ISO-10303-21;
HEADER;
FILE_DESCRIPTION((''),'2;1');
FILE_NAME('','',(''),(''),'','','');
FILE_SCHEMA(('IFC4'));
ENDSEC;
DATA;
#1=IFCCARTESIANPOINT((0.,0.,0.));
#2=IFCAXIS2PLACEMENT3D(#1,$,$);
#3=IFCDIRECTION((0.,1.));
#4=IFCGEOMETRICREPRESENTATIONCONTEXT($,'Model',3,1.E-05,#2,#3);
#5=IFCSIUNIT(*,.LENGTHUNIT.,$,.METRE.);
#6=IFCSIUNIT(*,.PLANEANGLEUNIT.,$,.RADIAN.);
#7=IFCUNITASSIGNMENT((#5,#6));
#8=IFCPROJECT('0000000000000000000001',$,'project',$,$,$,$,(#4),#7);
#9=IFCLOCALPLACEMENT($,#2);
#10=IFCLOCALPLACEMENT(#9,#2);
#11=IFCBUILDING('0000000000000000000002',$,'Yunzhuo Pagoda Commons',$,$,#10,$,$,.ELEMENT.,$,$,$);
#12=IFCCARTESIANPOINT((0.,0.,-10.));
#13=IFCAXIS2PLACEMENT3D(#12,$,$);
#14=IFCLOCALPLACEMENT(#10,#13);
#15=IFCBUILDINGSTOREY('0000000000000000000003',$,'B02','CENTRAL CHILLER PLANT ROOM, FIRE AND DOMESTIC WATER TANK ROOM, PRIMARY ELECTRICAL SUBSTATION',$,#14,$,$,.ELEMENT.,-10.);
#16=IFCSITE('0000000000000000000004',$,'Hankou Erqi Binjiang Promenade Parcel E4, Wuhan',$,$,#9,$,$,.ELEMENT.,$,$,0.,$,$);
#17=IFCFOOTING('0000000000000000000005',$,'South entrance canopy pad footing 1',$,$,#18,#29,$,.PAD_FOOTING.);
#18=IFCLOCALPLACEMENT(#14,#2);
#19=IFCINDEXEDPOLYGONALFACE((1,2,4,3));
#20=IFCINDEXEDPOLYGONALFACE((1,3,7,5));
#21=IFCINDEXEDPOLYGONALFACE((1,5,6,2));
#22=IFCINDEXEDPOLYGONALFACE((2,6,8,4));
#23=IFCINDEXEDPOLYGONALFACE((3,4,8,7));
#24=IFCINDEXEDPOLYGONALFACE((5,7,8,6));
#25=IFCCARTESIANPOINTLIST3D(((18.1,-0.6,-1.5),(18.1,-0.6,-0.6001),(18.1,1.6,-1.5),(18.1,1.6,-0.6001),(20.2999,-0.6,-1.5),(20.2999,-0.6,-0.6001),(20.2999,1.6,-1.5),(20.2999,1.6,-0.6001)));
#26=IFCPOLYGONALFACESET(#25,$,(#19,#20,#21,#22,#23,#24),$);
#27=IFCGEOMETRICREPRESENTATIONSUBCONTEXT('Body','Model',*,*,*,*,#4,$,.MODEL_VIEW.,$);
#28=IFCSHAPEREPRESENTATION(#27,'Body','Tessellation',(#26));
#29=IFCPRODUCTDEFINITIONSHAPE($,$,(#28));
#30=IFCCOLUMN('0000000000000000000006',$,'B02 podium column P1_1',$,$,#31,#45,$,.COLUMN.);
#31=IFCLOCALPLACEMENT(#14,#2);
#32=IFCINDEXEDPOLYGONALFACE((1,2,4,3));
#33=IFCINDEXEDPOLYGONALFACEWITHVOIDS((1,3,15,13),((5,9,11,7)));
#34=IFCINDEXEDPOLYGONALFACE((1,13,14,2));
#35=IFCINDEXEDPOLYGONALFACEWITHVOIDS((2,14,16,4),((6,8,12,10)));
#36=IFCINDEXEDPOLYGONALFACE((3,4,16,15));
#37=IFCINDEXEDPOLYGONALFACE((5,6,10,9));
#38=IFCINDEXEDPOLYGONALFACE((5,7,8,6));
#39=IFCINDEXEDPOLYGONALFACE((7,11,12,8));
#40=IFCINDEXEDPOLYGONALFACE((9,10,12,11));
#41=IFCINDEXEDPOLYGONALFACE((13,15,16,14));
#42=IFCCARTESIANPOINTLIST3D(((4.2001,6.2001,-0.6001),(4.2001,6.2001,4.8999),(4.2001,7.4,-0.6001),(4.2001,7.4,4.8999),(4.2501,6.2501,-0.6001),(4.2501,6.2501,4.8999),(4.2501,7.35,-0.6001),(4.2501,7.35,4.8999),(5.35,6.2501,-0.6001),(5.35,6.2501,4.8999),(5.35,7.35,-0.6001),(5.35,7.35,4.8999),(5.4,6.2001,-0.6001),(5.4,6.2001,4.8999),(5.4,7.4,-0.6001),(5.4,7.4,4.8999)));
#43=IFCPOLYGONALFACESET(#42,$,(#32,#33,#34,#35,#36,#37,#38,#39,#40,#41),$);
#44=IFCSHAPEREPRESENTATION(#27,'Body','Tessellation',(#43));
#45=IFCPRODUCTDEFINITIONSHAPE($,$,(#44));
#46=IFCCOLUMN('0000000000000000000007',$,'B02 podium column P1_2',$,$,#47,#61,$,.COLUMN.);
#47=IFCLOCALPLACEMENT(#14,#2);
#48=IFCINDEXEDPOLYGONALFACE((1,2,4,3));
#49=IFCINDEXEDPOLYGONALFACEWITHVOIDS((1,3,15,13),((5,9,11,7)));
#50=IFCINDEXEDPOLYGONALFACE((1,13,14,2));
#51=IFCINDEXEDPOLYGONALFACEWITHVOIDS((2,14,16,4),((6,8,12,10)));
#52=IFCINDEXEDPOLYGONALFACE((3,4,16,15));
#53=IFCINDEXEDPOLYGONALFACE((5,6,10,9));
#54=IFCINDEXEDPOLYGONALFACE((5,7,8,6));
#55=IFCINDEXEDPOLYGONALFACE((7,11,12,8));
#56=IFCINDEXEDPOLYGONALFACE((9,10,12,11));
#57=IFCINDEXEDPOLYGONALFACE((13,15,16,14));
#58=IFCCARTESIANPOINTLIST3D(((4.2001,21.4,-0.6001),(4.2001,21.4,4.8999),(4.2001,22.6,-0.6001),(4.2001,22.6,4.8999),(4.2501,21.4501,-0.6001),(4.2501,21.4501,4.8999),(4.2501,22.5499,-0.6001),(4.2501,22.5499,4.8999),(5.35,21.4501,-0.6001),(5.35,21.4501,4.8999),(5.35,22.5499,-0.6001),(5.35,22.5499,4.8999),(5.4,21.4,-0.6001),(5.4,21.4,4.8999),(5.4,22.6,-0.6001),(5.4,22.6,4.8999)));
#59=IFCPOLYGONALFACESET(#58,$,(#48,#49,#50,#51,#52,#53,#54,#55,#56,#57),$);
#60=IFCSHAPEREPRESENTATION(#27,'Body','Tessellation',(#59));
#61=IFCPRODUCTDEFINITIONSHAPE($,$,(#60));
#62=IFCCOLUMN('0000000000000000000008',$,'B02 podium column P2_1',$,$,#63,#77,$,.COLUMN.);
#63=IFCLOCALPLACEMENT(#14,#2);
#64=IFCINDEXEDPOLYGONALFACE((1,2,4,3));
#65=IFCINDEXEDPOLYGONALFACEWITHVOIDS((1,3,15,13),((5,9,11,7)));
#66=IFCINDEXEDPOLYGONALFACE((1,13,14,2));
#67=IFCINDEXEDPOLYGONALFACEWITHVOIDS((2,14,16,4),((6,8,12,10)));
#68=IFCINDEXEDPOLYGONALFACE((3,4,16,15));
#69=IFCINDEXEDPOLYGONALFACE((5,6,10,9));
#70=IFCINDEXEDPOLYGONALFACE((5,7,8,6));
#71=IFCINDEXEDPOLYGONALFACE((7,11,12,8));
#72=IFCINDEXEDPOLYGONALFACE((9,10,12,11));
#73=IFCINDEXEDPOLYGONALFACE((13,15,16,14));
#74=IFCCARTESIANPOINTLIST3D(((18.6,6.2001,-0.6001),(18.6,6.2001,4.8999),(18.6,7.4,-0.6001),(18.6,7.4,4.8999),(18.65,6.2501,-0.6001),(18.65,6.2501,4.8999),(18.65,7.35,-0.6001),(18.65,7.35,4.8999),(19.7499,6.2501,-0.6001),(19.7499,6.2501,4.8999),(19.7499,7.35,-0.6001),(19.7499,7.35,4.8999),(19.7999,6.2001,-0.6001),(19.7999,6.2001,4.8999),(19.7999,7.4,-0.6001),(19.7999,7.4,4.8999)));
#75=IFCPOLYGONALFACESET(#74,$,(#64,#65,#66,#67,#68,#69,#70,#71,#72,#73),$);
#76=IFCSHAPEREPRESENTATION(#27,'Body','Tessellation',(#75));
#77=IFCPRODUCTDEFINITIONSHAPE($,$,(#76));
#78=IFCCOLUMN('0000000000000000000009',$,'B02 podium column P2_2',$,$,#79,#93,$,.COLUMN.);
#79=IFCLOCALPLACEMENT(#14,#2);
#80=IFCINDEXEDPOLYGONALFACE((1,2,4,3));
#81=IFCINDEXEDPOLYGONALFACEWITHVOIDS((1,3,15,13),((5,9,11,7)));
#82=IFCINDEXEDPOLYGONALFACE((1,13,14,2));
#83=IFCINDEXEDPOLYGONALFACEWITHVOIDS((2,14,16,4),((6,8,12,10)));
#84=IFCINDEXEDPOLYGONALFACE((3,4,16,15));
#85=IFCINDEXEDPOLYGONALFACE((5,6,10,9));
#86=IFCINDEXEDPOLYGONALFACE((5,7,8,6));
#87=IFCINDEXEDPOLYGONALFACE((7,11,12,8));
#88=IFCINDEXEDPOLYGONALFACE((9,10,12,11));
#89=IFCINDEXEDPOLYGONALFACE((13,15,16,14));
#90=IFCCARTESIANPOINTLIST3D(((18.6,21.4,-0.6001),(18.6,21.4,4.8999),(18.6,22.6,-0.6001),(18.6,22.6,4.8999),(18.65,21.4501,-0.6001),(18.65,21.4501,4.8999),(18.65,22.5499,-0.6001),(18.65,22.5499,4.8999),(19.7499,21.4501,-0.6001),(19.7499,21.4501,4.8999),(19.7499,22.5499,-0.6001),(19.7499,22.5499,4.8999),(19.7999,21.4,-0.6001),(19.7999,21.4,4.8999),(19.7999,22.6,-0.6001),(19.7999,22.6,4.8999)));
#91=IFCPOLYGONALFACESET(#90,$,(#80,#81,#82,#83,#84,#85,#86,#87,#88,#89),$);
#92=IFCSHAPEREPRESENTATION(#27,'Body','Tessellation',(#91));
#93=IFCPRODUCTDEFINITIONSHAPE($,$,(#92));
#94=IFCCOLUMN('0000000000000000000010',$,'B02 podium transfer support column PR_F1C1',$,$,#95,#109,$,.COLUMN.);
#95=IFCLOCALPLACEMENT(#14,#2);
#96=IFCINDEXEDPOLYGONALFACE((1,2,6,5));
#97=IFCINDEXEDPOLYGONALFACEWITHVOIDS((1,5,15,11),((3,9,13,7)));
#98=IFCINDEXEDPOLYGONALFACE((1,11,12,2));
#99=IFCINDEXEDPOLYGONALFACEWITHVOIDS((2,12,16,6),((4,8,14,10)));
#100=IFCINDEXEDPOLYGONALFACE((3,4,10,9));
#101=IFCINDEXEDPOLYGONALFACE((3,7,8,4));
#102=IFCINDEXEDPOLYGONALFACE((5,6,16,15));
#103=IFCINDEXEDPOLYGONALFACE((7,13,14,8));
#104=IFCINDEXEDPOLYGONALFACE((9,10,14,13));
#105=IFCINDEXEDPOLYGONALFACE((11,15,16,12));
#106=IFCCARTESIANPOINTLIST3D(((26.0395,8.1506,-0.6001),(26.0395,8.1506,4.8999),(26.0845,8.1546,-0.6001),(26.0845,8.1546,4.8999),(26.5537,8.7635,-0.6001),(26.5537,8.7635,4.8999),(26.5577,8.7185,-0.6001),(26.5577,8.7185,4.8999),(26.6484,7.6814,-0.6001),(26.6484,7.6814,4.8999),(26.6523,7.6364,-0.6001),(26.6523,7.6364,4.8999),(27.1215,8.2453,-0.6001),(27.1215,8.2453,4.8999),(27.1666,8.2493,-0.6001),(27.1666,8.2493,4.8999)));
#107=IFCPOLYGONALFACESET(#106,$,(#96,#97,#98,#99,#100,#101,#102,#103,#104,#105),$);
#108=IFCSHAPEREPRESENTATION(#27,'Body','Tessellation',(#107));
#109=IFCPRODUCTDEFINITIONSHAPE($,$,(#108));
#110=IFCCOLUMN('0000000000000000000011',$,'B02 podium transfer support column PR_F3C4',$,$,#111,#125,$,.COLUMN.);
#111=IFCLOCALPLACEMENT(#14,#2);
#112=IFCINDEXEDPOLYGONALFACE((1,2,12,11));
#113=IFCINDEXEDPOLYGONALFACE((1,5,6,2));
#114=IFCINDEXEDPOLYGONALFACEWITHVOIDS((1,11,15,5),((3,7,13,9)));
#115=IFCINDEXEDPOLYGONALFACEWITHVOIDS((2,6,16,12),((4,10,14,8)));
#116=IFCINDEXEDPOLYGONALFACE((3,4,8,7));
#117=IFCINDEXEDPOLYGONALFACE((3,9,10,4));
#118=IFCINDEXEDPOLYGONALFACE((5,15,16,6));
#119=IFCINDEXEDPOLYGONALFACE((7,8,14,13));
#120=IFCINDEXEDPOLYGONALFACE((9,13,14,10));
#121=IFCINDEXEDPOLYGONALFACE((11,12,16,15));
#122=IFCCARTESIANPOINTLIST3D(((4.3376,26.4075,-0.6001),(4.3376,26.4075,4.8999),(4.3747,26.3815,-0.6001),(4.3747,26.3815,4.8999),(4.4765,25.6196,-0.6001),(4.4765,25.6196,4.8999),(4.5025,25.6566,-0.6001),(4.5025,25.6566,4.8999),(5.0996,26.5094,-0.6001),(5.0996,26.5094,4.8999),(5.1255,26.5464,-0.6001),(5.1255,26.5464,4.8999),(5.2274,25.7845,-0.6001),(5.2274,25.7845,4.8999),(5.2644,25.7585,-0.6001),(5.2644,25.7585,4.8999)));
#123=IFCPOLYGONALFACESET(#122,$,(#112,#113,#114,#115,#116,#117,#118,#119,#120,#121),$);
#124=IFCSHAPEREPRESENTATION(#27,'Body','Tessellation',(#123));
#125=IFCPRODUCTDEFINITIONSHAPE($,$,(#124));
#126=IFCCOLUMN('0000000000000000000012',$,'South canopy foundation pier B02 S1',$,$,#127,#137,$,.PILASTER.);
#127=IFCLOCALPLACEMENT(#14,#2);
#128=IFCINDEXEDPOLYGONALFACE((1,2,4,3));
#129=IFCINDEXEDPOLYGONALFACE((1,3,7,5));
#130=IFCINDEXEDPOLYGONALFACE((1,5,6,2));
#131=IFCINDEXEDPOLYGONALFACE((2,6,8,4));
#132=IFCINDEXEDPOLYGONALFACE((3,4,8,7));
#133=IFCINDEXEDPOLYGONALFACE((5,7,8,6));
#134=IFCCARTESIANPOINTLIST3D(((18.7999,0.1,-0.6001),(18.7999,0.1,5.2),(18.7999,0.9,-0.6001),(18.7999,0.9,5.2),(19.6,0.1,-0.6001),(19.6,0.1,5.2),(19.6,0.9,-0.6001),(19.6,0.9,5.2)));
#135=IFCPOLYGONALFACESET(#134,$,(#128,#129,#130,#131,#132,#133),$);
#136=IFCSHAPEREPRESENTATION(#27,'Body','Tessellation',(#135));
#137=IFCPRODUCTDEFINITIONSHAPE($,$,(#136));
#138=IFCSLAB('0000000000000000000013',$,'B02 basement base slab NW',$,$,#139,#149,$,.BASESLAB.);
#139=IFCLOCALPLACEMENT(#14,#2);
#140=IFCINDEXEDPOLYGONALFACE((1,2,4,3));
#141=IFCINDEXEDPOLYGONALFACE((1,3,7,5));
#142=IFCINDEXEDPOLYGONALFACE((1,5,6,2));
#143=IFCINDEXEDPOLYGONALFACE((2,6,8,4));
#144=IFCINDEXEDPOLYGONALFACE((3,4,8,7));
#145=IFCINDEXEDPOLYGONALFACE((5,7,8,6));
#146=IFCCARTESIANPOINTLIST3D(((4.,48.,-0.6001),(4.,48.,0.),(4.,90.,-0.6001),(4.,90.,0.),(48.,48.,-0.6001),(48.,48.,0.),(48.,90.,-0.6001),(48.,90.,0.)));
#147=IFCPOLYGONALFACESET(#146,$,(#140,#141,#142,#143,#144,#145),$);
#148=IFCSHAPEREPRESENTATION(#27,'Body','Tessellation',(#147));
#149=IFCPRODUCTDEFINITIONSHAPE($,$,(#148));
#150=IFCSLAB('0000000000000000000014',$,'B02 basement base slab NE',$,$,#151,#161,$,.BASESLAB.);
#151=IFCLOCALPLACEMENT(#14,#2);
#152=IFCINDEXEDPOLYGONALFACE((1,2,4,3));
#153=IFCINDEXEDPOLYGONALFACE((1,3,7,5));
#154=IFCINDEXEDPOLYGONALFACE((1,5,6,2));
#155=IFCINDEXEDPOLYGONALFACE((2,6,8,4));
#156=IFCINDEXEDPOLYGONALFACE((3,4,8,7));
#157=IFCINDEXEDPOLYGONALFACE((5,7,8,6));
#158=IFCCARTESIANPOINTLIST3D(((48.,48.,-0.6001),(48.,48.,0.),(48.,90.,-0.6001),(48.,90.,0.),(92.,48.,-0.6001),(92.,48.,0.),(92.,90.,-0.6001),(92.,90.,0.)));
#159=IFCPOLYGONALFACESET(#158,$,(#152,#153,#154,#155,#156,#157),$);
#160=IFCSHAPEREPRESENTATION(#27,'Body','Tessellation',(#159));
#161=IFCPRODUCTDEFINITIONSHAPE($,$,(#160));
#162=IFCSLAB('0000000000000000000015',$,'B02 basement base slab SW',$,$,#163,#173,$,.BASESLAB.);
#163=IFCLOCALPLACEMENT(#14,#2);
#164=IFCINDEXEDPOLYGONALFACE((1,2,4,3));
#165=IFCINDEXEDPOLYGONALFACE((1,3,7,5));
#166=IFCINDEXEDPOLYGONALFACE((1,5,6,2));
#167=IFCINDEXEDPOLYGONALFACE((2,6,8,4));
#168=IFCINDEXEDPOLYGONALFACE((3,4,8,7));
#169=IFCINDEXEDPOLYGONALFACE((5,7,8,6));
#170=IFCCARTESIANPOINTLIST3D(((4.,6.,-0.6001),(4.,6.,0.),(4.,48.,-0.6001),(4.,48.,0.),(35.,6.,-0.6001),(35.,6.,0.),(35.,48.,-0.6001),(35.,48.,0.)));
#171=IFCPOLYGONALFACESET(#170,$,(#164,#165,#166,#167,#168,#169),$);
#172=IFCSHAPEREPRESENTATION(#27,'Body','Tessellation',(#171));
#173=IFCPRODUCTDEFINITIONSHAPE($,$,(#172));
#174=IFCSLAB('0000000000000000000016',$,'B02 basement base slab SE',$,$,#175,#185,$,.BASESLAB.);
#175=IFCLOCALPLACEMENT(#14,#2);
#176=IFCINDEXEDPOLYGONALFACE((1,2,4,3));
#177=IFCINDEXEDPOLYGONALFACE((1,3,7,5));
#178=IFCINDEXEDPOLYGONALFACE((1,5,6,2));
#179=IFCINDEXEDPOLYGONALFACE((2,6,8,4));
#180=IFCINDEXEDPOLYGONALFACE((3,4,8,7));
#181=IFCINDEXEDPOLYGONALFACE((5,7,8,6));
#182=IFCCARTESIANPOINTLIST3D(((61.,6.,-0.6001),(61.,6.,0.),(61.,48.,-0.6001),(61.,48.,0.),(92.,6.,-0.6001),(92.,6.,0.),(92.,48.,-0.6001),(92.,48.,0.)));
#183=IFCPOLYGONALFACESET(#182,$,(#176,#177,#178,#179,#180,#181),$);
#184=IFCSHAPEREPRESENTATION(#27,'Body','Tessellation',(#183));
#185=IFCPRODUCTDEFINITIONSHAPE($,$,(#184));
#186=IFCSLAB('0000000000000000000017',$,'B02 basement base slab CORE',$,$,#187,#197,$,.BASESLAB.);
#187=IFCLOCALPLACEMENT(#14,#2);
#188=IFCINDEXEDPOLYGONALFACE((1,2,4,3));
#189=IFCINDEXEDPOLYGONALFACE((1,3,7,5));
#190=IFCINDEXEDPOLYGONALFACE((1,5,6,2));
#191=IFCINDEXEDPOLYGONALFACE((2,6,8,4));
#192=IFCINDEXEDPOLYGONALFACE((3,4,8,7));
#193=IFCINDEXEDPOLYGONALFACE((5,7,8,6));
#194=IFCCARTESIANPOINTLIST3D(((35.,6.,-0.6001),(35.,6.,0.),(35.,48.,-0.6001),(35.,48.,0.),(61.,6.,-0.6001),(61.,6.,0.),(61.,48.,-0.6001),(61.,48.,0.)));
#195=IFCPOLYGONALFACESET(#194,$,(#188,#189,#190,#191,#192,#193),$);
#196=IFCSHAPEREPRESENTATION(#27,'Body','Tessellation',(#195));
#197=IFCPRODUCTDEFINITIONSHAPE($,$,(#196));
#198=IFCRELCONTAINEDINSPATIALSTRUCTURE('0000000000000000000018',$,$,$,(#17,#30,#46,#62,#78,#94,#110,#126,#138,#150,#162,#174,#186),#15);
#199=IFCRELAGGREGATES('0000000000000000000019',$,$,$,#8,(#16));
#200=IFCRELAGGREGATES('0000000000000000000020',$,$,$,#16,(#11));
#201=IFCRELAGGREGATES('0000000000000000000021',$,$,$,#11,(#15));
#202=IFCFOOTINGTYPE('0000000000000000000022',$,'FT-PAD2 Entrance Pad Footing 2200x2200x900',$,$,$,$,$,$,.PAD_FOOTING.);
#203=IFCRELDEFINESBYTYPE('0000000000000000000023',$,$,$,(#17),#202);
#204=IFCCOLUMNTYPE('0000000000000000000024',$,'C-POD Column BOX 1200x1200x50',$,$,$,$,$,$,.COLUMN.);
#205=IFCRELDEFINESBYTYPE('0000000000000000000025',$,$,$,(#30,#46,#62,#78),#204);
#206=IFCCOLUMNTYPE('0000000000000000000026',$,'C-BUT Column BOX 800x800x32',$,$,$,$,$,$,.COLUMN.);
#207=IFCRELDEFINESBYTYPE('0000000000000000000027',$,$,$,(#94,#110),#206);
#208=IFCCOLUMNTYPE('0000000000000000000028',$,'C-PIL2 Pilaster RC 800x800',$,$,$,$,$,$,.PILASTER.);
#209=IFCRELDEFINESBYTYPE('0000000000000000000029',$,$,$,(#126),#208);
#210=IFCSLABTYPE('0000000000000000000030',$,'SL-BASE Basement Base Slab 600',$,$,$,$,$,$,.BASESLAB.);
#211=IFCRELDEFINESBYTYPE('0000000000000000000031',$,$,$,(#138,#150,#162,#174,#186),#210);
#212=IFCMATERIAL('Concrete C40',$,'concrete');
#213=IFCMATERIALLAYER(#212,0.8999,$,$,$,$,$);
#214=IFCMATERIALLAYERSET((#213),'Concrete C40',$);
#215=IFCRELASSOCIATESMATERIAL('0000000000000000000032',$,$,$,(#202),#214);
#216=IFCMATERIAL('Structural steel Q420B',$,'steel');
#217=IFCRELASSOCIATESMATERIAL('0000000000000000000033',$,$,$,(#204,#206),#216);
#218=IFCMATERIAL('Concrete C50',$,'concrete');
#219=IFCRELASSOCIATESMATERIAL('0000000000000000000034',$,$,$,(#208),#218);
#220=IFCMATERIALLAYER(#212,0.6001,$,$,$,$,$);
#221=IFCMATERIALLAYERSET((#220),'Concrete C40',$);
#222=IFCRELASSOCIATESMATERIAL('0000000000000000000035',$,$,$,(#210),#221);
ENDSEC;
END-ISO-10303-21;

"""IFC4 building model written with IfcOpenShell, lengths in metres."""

from ifc_helpers import new_model, si_unit, direction, frame, origin, origin_2d, place, context, subcontext, project, spatial, polyline, rectangle, hollow_rectangle, outline, extrude, source, transform, mapped, material, layer, layer_set, material_profile, profile_set, type_object, element, save


model = new_model("IFC4")

# Units and contexts
model_context = context("Model", 3, precision=1e-05, world=origin(), true_north=direction((0.0, 1.0)))
body_context = subcontext(model_context, "Body", "Model", "MODEL_VIEW")
ifc_project = project(units=[si_unit("LENGTHUNIT", "METRE"), si_unit("PLANEANGLEUNIT", "RADIAN")], contexts=[model_context])

# Site, building, storey
site_placement = place(None, origin())
site = spatial("IfcSite", under=ifc_project, at=site_placement, Name="Hankou Erqi Binjiang Promenade Parcel E4, Wuhan", CompositionType="ELEMENT", RefElevation=0.0)
building_placement = place(site_placement, origin())
building = spatial("IfcBuilding", under=site, at=building_placement, Name="Yunzhuo Pagoda Commons", CompositionType="ELEMENT")
storey_placement = place(building_placement, frame((0.0, 0.0, -10.0)))
storey = spatial("IfcBuildingStorey", under=building, at=storey_placement, Name="B02", Description="CENTRAL CHILLER PLANT ROOM, FIRE AND DOMESTIC WATER TANK ROOM, PRIMARY ELECTRICAL SUBSTATION", CompositionType="ELEMENT", Elevation=-10.0)

# Shared definitions
ifc_material_1 = material(Name="Concrete C50", Category="concrete")

# Footing
ifc_material_2 = material(Name="Concrete C40", Category="concrete")
ifc_layer_1 = layer(ifc_material_2, 0.8999)
ifc_layer_set_1 = layer_set([ifc_layer_1], Name="Concrete C40")
footing_type_1 = type_object("IfcFootingType", Name="FT-PAD2 Entrance Pad Footing 2200x2200x900", PredefinedType="PAD_FOOTING", material=ifc_layer_set_1)
shared_shape_1 = source(origin(), body_context, "Body", "SweptSolid", [
    extrude(rectangle(XDim=2.2, YDim=2.2, at=origin_2d()), origin(), (0.0, 0.0, 1.0), 0.8999),
])
footing_1_placement = place(storey_placement, frame((19.2, 0.5, -1.5), z_axis=(0.0, 0.0, 1.0), x_axis=(1.0, 0.0, 0.0)))
element("IfcFooting", 1, at=footing_1_placement, inside=storey, type_object=footing_type_1, Name="South entrance canopy pad footing 1", PredefinedType="PAD_FOOTING", context=body_context, shape_type="MappedRepresentation", body=[
    mapped(shared_shape_1, transform((0.0, 0.0, 0.0), scale=1.0)),
])

# Columns
ifc_material_3 = material(Name="Structural steel Q420B", Category="steel")
ifc_material_profile_1 = material_profile(ifc_material_3, hollow_rectangle(XDim=1.2, YDim=1.2, WallThickness=0.05, at=origin_2d()), Name="Structural steel Q420B")
ifc_profile_set_1 = profile_set([ifc_material_profile_1], Name="Structural steel Q420B")
column_type_1 = type_object("IfcColumnType", Name="C-POD Column BOX 1200x1200x50", PredefinedType="COLUMN", material=ifc_profile_set_1)
shared_shape_2 = source(origin(), body_context, "Body", "SweptSolid", [
    extrude(hollow_rectangle(XDim=1.2, YDim=1.2, WallThickness=0.05, at=origin_2d()), origin(), (0.0, 0.0, 1.0), 5.5),
])
for number, where, z_axis, x_axis, name in (
    (2, (4.8, 6.8, -0.6001), (0.0, 0.0, 1.0), (1.0, 0.0, 0.0), "B02 podium column P1_1"),
    (3, (4.8, 22.0, -0.6001), (0.0, 0.0, 1.0), (1.0, 0.0, 0.0), "B02 podium column P1_2"),
    (4, (19.2, 6.8, -0.6001), (0.0, 0.0, 1.0), (1.0, 0.0, 0.0), "B02 podium column P2_1"),
    (5, (19.2, 22.0, -0.6001), (0.0, 0.0, 1.0), (1.0, 0.0, 0.0), "B02 podium column P2_2"),
):
    element("IfcColumn", number, at=place(storey_placement, frame(where, z_axis=z_axis, x_axis=x_axis)), inside=storey, type_object=column_type_1, Name=name, PredefinedType="COLUMN", context=body_context, shape_type="MappedRepresentation", body=[
        mapped(shared_shape_2, transform((0.0, 0.0, 0.0), scale=1.0)),
    ])
ifc_material_profile_2 = material_profile(ifc_material_3, hollow_rectangle(XDim=0.8, YDim=0.8, WallThickness=0.032, at=origin_2d()), Name="Structural steel Q420B")
ifc_profile_set_2 = profile_set([ifc_material_profile_2], Name="Structural steel Q420B")
column_type_2 = type_object("IfcColumnType", Name="C-BUT Column BOX 800x800x32", PredefinedType="COLUMN", material=ifc_profile_set_2)
shared_shape_3 = source(origin(), body_context, "Body", "SweptSolid", [
    extrude(hollow_rectangle(XDim=0.8, YDim=0.8, WallThickness=0.032, at=origin_2d()), origin(), (0.0, 0.0, 1.0), 5.5),
])
for number, where, z_axis, x_axis, name in (
    (6, (26.603, 8.2, -0.6001), (0.0, 0.0, 1.0), (0.766044, -0.642788, 0.0), "B02 podium transfer support column PR_F1C1"),
    (7, (4.801, 26.083, -0.6001), (0.0, 0.0, 1.0), (0.173648, -0.984808, 0.0), "B02 podium transfer support column PR_F3C4"),
):
    element("IfcColumn", number, at=place(storey_placement, frame(where, z_axis=z_axis, x_axis=x_axis)), inside=storey, type_object=column_type_2, Name=name, PredefinedType="COLUMN", context=body_context, shape_type="MappedRepresentation", body=[
        mapped(shared_shape_3, transform((0.0, 0.0, 0.0), scale=1.0)),
    ])
ifc_material_profile_3 = material_profile(ifc_material_1, rectangle(XDim=0.8, YDim=0.8, at=origin_2d()), Name="Concrete C50")
ifc_profile_set_3 = profile_set([ifc_material_profile_3], Name="Concrete C50")
column_type_3 = type_object("IfcColumnType", Name="C-PIL2 Pilaster RC 800x800", PredefinedType="PILASTER", material=ifc_profile_set_3)
shared_shape_4 = source(origin(), body_context, "Body", "SweptSolid", [
    extrude(rectangle(XDim=0.8, YDim=0.8, at=origin_2d()), origin(), (0.0, 0.0, 1.0), 5.8),
])
column_placement = place(storey_placement, frame((19.2, 0.5, -0.6001), z_axis=(0.0, 0.0, 1.0), x_axis=(1.0, 0.0, 0.0)))
element("IfcColumn", 8, at=column_placement, inside=storey, type_object=column_type_3, Name="South canopy foundation pier B02 S1", PredefinedType="PILASTER", context=body_context, shape_type="MappedRepresentation", body=[
    mapped(shared_shape_4, transform((0.0, 0.0, 0.0), scale=1.0)),
])

# Slabs
ifc_layer_2 = layer(ifc_material_2, 0.6001)
ifc_layer_set_2 = layer_set([ifc_layer_2], Name="Concrete C40")
slab_type_1 = type_object("IfcSlabType", Name="SL-BASE Basement Base Slab 600", PredefinedType="BASESLAB", material=ifc_layer_set_2)
slab_1_placement = place(storey_placement, frame((0.0, 0.0, -0.6001)))
element("IfcSlab", 9, at=slab_1_placement, inside=storey, type_object=slab_type_1, Name="B02 basement base slab NW", PredefinedType="BASESLAB", context=body_context, shape_type="SweptSolid", body=[
    extrude(outline(polyline([(4.0, 48.0), (48.0, 48.0), (48.0, 90.0), (4.0, 90.0), (4.0, 48.0)])), origin(), (0.0, 0.0, 1.0), 0.6001),
])
slab_2_placement = place(storey_placement, frame((0.0, 0.0, -0.6001)))
element("IfcSlab", 10, at=slab_2_placement, inside=storey, type_object=slab_type_1, Name="B02 basement base slab NE", PredefinedType="BASESLAB", context=body_context, shape_type="SweptSolid", body=[
    extrude(outline(polyline([(48.0, 48.0), (92.0, 48.0), (92.0, 90.0), (48.0, 90.0), (48.0, 48.0)])), origin(), (0.0, 0.0, 1.0), 0.6001),
])
slab_3_placement = place(storey_placement, frame((0.0, 0.0, -0.6001)))
element("IfcSlab", 11, at=slab_3_placement, inside=storey, type_object=slab_type_1, Name="B02 basement base slab SW", PredefinedType="BASESLAB", context=body_context, shape_type="SweptSolid", body=[
    extrude(outline(polyline([(4.0, 6.0), (35.0, 6.0), (35.0, 48.0), (4.0, 48.0), (4.0, 6.0)])), origin(), (0.0, 0.0, 1.0), 0.6001),
])
slab_4_placement = place(storey_placement, frame((0.0, 0.0, -0.6001)))
element("IfcSlab", 12, at=slab_4_placement, inside=storey, type_object=slab_type_1, Name="B02 basement base slab SE", PredefinedType="BASESLAB", context=body_context, shape_type="SweptSolid", body=[
    extrude(outline(polyline([(61.0, 6.0), (92.0, 6.0), (92.0, 48.0), (61.0, 48.0), (61.0, 6.0)])), origin(), (0.0, 0.0, 1.0), 0.6001),
])
slab_5_placement = place(storey_placement, frame((0.0, 0.0, -0.6001)))
element("IfcSlab", 13, at=slab_5_placement, inside=storey, type_object=slab_type_1, Name="B02 basement base slab CORE", PredefinedType="BASESLAB", context=body_context, shape_type="SweptSolid", body=[
    extrude(outline(polyline([(35.0, 6.0), (61.0, 6.0), (61.0, 48.0), (35.0, 48.0), (35.0, 6.0)])), origin(), (0.0, 0.0, 1.0), 0.6001),
])

save(model, "model.ifc")
